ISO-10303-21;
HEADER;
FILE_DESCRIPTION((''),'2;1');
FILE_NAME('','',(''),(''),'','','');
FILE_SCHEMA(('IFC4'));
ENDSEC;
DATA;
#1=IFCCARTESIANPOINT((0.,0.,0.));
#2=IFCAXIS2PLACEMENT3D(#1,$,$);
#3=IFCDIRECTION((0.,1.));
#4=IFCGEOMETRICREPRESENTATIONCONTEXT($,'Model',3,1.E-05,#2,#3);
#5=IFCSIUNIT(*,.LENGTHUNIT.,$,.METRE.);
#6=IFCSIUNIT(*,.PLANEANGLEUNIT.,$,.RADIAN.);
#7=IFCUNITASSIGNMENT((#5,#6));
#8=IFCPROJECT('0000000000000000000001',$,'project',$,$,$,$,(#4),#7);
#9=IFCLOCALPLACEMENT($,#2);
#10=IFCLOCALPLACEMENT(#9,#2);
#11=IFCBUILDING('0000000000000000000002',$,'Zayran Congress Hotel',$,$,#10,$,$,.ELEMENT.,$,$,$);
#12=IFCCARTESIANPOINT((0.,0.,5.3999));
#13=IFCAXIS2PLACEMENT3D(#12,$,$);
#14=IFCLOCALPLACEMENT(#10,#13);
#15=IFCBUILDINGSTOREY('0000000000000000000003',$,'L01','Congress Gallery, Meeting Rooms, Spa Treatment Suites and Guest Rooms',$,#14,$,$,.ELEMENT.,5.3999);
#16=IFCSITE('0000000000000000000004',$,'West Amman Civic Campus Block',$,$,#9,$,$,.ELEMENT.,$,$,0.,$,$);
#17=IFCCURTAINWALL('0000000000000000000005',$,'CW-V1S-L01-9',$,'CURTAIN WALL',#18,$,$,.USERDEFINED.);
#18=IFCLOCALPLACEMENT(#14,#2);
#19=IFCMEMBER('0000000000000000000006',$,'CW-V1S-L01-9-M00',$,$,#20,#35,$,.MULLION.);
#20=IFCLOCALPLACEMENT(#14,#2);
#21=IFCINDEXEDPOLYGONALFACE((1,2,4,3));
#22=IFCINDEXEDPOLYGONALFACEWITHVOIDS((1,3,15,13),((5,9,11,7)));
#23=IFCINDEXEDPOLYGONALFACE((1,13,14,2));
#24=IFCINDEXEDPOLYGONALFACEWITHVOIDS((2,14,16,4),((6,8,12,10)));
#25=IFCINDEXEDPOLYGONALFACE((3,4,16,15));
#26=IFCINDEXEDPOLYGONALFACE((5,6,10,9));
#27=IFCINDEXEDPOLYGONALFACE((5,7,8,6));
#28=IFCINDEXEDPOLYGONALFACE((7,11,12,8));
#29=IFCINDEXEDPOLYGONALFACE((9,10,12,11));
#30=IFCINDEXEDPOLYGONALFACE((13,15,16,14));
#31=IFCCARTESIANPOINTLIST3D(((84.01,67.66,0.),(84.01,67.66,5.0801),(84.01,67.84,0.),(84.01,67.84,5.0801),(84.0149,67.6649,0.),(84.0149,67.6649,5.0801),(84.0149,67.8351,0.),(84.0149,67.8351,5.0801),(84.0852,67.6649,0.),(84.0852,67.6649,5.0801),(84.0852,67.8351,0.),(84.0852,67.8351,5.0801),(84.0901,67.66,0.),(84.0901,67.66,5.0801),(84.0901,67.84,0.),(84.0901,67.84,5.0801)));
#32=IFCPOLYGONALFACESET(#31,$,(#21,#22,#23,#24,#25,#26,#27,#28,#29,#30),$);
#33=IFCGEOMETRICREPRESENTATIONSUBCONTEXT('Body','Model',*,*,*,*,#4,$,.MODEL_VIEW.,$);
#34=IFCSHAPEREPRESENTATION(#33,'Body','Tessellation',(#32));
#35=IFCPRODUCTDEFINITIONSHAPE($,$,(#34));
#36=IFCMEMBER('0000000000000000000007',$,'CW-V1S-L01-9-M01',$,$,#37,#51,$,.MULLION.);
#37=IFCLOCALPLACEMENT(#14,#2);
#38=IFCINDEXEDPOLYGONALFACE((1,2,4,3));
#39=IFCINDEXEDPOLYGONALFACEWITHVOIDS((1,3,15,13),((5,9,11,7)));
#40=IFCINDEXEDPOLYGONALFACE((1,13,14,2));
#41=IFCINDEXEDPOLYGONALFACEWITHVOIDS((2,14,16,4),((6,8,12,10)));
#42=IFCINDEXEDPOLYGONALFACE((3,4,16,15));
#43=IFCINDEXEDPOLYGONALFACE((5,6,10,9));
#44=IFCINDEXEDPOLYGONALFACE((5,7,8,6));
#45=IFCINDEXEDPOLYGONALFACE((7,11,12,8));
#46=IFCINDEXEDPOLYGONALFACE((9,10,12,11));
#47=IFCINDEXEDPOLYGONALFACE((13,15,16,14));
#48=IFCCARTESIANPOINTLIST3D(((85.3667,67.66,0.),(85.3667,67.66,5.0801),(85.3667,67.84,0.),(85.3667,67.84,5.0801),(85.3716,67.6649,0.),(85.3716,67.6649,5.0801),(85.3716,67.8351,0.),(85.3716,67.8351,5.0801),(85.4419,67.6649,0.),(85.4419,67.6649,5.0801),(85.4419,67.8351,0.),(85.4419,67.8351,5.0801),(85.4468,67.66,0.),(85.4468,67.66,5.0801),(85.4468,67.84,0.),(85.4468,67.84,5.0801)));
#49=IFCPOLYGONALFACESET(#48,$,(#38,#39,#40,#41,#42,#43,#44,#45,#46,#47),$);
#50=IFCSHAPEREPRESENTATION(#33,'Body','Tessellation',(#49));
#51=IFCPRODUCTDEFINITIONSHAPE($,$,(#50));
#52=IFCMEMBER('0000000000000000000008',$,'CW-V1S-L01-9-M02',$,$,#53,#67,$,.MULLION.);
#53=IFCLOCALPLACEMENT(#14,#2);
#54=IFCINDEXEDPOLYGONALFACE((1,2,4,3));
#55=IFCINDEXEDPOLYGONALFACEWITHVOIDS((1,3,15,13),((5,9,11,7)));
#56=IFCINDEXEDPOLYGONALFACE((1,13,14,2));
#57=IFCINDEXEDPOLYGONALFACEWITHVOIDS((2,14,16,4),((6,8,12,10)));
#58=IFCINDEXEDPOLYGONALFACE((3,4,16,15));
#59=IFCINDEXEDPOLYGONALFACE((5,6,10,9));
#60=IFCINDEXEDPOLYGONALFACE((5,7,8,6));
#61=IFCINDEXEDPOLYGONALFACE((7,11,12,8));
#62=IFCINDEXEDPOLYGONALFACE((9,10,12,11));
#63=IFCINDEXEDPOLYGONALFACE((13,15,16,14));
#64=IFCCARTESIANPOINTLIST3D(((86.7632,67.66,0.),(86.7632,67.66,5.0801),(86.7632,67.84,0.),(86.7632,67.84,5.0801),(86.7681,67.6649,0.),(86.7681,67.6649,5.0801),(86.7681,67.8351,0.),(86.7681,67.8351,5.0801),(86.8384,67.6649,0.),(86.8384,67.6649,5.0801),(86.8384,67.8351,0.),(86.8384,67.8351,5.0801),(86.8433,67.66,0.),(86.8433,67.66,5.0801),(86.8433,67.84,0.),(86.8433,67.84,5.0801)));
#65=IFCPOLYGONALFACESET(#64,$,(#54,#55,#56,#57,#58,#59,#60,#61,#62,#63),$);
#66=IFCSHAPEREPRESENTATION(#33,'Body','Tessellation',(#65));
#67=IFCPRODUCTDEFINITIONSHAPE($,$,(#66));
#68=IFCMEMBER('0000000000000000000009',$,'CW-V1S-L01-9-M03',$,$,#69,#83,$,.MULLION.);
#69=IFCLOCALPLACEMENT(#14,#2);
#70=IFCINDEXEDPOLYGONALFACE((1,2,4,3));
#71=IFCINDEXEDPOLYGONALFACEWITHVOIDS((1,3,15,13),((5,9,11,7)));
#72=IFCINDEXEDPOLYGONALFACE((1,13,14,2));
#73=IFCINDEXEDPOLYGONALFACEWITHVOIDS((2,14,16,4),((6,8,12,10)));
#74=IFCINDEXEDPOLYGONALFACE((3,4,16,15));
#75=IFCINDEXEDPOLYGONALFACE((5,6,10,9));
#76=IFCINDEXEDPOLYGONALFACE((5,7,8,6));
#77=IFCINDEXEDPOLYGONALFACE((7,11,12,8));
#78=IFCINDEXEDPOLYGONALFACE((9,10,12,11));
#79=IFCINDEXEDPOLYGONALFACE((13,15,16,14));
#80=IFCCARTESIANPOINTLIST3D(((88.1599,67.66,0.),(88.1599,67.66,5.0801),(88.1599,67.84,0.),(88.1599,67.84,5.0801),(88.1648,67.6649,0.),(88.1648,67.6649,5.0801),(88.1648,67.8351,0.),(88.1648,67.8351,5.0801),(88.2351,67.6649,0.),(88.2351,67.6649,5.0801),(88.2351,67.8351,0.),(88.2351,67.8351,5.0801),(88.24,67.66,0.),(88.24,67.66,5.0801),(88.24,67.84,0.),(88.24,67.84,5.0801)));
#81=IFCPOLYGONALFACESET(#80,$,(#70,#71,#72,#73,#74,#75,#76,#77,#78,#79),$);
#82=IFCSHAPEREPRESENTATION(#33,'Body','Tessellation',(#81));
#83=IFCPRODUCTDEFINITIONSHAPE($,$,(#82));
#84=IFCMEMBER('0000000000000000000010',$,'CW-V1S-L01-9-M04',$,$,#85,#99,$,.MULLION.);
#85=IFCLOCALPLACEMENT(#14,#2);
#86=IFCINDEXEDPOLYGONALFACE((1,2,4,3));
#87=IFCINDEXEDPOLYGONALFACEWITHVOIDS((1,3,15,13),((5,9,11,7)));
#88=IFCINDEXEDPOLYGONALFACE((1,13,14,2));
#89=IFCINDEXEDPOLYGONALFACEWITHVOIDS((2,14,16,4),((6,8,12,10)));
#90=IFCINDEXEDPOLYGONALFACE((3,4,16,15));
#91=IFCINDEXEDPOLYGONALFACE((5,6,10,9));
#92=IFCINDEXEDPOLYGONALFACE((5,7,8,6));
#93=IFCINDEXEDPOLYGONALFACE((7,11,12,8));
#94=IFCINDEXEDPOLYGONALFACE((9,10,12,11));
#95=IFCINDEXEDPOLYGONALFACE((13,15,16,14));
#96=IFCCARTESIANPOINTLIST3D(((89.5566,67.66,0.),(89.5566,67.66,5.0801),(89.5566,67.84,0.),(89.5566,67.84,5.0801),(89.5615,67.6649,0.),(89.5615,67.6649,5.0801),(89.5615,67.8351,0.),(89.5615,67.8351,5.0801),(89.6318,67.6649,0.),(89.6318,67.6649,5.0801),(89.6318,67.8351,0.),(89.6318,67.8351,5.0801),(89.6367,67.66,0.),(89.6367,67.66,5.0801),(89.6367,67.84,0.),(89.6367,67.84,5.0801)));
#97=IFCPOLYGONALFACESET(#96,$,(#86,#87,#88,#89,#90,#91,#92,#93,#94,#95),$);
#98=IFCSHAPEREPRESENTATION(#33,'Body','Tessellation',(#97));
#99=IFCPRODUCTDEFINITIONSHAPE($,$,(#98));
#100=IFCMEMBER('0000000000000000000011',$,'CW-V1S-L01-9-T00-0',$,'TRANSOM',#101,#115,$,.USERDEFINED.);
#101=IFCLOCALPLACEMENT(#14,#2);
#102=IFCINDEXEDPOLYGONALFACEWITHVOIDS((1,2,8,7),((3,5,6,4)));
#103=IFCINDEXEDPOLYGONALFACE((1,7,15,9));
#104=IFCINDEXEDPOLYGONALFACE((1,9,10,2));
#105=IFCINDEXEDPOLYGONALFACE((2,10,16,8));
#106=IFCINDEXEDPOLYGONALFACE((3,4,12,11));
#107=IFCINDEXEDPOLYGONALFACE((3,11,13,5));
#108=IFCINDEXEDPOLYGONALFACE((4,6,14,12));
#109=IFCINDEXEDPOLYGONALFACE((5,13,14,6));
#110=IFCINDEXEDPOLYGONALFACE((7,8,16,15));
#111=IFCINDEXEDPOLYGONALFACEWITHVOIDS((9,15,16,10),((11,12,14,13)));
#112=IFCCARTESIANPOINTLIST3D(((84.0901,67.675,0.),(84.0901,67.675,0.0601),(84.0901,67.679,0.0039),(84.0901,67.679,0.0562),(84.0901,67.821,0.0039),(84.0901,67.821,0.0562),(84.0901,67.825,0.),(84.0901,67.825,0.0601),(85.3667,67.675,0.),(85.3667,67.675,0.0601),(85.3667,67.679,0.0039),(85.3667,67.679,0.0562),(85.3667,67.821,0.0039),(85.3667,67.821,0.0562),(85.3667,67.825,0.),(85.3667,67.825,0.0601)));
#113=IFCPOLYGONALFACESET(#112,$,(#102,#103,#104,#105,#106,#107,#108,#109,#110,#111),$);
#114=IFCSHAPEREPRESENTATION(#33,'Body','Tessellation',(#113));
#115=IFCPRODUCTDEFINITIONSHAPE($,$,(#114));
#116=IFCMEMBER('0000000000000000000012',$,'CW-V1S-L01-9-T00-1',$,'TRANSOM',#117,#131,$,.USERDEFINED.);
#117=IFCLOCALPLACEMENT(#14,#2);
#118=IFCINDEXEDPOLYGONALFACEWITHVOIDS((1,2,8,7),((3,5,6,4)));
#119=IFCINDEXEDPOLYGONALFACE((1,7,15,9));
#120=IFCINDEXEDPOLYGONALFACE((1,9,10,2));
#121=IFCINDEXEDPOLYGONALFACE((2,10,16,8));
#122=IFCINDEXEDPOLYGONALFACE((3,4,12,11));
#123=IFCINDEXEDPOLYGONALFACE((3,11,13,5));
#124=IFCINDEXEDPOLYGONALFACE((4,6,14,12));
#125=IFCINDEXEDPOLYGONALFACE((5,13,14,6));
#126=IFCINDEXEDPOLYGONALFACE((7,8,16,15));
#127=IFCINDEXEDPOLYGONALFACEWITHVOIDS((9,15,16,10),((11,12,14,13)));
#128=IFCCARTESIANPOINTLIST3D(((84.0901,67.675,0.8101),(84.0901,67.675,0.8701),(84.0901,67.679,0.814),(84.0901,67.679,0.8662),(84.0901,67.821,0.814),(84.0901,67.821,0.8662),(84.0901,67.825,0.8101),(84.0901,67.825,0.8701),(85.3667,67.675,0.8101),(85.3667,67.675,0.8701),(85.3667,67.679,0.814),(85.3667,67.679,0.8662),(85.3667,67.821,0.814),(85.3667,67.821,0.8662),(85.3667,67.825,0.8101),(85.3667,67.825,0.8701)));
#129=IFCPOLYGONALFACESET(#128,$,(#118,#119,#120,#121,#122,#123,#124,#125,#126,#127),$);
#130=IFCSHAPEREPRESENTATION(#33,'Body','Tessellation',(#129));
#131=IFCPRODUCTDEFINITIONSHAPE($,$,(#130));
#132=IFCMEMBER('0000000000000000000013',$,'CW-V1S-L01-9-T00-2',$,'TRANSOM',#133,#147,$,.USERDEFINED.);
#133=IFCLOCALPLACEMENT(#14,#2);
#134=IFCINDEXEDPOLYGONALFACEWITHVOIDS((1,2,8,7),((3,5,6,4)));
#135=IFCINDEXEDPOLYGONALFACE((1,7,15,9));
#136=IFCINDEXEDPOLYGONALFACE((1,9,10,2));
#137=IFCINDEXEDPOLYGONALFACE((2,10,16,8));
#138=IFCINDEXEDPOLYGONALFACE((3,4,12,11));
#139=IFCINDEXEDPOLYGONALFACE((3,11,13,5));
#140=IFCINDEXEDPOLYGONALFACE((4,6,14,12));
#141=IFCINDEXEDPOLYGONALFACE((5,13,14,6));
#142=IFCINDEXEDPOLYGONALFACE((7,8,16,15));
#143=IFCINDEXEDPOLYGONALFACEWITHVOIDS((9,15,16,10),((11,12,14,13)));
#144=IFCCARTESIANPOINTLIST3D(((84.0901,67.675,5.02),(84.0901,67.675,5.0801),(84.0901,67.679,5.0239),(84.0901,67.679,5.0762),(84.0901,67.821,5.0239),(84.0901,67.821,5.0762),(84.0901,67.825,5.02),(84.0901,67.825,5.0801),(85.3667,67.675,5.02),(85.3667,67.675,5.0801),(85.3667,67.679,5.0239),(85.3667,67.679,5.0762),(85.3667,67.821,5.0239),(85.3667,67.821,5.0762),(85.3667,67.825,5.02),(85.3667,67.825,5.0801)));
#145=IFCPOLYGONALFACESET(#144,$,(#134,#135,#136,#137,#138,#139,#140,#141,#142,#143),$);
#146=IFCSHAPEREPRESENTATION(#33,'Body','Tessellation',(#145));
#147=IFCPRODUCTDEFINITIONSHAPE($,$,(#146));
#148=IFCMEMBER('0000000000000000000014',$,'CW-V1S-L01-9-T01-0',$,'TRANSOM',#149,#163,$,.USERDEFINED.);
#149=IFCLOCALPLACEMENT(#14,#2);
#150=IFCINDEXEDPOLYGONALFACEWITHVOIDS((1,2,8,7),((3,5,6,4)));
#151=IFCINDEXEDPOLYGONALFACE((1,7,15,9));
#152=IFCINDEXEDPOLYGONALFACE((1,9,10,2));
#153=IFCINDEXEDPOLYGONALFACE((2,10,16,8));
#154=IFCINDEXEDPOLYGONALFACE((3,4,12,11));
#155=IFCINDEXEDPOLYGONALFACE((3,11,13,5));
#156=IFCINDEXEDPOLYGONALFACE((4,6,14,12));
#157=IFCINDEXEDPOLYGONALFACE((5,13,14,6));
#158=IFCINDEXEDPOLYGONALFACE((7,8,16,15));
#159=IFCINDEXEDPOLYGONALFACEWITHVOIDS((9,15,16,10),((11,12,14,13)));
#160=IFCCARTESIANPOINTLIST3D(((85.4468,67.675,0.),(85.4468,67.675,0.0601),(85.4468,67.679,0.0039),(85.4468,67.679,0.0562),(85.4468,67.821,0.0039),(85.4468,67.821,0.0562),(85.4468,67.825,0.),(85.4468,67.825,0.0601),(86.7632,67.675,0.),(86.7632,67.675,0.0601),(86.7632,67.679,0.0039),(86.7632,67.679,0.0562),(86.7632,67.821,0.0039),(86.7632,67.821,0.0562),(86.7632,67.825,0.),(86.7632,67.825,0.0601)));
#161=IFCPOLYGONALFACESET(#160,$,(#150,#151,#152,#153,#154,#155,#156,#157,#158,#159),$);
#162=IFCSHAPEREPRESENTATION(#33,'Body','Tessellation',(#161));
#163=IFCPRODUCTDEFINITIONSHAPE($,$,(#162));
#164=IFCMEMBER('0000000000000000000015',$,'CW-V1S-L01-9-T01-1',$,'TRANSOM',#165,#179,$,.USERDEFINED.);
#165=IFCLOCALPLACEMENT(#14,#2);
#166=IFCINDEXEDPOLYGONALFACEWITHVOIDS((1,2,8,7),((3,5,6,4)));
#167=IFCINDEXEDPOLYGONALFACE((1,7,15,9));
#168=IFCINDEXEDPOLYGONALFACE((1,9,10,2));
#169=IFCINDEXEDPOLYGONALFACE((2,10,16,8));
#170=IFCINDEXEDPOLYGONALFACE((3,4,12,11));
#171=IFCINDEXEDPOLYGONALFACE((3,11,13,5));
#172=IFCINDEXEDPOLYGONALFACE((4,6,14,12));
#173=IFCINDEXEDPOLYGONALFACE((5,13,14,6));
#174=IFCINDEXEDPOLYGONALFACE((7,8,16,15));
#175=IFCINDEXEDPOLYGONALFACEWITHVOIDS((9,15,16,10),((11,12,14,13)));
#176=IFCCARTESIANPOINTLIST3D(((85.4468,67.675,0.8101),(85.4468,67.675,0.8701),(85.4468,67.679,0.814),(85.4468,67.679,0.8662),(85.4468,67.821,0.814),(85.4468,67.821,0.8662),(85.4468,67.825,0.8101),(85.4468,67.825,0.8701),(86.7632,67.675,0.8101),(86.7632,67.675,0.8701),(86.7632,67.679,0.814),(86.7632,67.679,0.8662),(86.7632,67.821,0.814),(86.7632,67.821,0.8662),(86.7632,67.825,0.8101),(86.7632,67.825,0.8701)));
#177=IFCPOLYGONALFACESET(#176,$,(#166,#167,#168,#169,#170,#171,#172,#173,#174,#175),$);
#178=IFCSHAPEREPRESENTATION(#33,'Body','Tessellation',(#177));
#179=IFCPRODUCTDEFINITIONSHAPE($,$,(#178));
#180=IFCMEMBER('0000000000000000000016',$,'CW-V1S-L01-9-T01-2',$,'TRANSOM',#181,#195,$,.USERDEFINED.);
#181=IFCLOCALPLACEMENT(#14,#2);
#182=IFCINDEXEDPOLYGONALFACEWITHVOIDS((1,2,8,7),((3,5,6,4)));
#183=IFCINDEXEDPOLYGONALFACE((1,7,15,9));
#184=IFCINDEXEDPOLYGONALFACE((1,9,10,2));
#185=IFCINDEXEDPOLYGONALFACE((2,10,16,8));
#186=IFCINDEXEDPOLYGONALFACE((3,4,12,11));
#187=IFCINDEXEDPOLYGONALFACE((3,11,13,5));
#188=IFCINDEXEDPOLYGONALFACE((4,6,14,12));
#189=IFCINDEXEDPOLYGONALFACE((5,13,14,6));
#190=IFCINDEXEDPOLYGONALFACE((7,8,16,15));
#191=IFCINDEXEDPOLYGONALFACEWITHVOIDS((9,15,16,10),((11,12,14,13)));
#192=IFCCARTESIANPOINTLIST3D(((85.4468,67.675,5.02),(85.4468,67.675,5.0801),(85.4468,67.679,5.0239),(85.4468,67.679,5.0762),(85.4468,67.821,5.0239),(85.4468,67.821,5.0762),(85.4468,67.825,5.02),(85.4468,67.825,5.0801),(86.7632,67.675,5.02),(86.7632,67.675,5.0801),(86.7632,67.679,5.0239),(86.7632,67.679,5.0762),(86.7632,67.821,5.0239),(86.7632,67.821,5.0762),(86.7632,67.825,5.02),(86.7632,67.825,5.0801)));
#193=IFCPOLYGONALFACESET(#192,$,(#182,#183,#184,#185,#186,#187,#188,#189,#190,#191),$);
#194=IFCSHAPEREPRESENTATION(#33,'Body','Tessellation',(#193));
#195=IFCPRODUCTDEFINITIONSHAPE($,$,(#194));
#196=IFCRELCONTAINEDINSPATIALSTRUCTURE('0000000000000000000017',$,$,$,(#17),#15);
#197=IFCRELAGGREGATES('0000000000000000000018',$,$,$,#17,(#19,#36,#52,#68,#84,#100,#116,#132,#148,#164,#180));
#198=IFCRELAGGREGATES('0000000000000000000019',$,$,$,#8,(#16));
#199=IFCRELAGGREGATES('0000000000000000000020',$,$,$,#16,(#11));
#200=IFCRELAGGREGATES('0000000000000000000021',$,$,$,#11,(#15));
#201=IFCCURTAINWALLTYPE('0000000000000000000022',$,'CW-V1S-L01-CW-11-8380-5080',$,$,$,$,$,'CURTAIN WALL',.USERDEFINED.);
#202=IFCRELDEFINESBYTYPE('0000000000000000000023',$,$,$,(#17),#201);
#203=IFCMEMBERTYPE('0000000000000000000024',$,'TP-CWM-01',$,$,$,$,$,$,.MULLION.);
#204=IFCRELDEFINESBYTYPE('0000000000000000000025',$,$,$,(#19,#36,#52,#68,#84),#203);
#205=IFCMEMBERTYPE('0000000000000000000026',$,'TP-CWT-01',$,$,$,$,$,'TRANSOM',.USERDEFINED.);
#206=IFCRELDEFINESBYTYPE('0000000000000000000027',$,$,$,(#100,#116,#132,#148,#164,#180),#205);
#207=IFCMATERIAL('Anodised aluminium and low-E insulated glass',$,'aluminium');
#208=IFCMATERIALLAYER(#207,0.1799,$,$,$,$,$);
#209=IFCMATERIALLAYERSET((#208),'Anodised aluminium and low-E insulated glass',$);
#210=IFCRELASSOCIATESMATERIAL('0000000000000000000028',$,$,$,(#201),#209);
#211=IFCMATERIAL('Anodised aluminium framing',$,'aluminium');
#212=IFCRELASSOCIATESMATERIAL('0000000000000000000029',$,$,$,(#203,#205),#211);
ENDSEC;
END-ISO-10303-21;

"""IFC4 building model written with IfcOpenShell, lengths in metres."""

from ifc_helpers import new_model, si_unit, direction, frame, origin, origin_2d, place, context, subcontext, project, spatial, hollow_rectangle, extrude, material, layer, layer_set, material_profile, profile_set, type_object, element, aggregate, save


model = new_model("IFC4")

# Units and contexts
model_context = context("Model", 3, precision=1e-05, world=origin(), true_north=direction((0.0, 1.0)))
body_context = subcontext(model_context, "Body", "Model", "MODEL_VIEW")
ifc_project = project(units=[si_unit("LENGTHUNIT", "METRE"), si_unit("PLANEANGLEUNIT", "RADIAN")], contexts=[model_context])

# Site, building, storey
site_placement = place(None, origin())
site = spatial("IfcSite", under=ifc_project, at=site_placement, Name="West Amman Civic Campus Block", CompositionType="ELEMENT", RefElevation=0.0)
building_placement = place(site_placement, origin())
building = spatial("IfcBuilding", under=site, at=building_placement, Name="Zayran Congress Hotel", CompositionType="ELEMENT")
storey_placement = place(building_placement, frame((0.0, 0.0, 5.3999)))
storey = spatial("IfcBuildingStorey", under=building, at=storey_placement, Name="L01", Description="Congress Gallery, Meeting Rooms, Spa Treatment Suites and Guest Rooms", CompositionType="ELEMENT", Elevation=5.3999)

# Curtain wall, members
ifc_material_1 = material(Name="Anodised aluminium and low-E insulated glass", Category="aluminium")
ifc_layer_1 = layer(ifc_material_1, 0.1799)
ifc_layer_set_1 = layer_set([ifc_layer_1], Name="Anodised aluminium and low-E insulated glass")
curtain_wall_type = type_object("IfcCurtainWallType", Name="CW-V1S-L01-CW-11-8380-5080", ElementType="CURTAIN WALL", PredefinedType="USERDEFINED", material=ifc_layer_set_1)
curtain_wall_placement = place(storey_placement, origin())
curtain_wall = element("IfcCurtainWall", 1, at=curtain_wall_placement, inside=storey, type_object=curtain_wall_type, Name="CW-V1S-L01-9", ObjectType="CURTAIN WALL", PredefinedType="USERDEFINED")
ifc_material_2 = material(Name="Anodised aluminium framing", Category="aluminium")
ifc_material_profile_1 = material_profile(ifc_material_2, hollow_rectangle(XDim=0.0801, YDim=0.1799, WallThickness=0.0049, at=origin_2d()), Name="RHS 180x80x5")
ifc_profile_set_1 = profile_set([ifc_material_profile_1], Name="Anodised aluminium framing")
member_type_1 = type_object("IfcMemberType", Name="TP-CWM-01", PredefinedType="MULLION", material=ifc_profile_set_1)
member_1_placement = place(storey_placement, frame((84.05, 67.75, 0.0), z_axis=(0.0, 0.0, 1.0), x_axis=(1.0, 0.0, 0.0)))
member_1 = element("IfcMember", 2, at=member_1_placement, type_object=member_type_1, Name="CW-V1S-L01-9-M00", PredefinedType="MULLION", context=body_context, shape_type="SweptSolid", body=[
    extrude(hollow_rectangle(XDim=0.0801, YDim=0.1799, WallThickness=0.0049, at=origin_2d()), origin(), (0.0, 0.0, 1.0), 5.0801),
])
member_2_placement = place(storey_placement, frame((85.4067, 67.75, 0.0), z_axis=(0.0, 0.0, 1.0), x_axis=(1.0, 0.0, 0.0)))
member_2 = element("IfcMember", 3, at=member_2_placement, type_object=member_type_1, Name="CW-V1S-L01-9-M01", PredefinedType="MULLION", context=body_context, shape_type="SweptSolid", body=[
    extrude(hollow_rectangle(XDim=0.0801, YDim=0.1799, WallThickness=0.0049, at=origin_2d()), origin(), (0.0, 0.0, 1.0), 5.0801),
])
member_3_placement = place(storey_placement, frame((86.8032, 67.75, 0.0), z_axis=(0.0, 0.0, 1.0), x_axis=(1.0, 0.0, 0.0)))
member_3 = element("IfcMember", 4, at=member_3_placement, type_object=member_type_1, Name="CW-V1S-L01-9-M02", PredefinedType="MULLION", context=body_context, shape_type="SweptSolid", body=[
    extrude(hollow_rectangle(XDim=0.0801, YDim=0.1799, WallThickness=0.0049, at=origin_2d()), origin(), (0.0, 0.0, 1.0), 5.0801),
])
member_4_placement = place(storey_placement, frame((88.2, 67.75, 0.0), z_axis=(0.0, 0.0, 1.0), x_axis=(1.0, 0.0, 0.0)))
member_4 = element("IfcMember", 5, at=member_4_placement, type_object=member_type_1, Name="CW-V1S-L01-9-M03", PredefinedType="MULLION", context=body_context, shape_type="SweptSolid", body=[
    extrude(hollow_rectangle(XDim=0.0801, YDim=0.1799, WallThickness=0.0049, at=origin_2d()), origin(), (0.0, 0.0, 1.0), 5.0801),
])
member_5_placement = place(storey_placement, frame((89.5967, 67.75, 0.0), z_axis=(0.0, 0.0, 1.0), x_axis=(1.0, 0.0, 0.0)))
member_5 = element("IfcMember", 6, at=member_5_placement, type_object=member_type_1, Name="CW-V1S-L01-9-M04", PredefinedType="MULLION", context=body_context, shape_type="SweptSolid", body=[
    extrude(hollow_rectangle(XDim=0.0801, YDim=0.1799, WallThickness=0.0049, at=origin_2d()), origin(), (0.0, 0.0, 1.0), 5.0801),
])
ifc_material_profile_2 = material_profile(ifc_material_2, hollow_rectangle(XDim=0.0601, YDim=0.1499, WallThickness=0.0039, at=origin_2d()), Name="RHS 150x60x4")
ifc_profile_set_2 = profile_set([ifc_material_profile_2], Name="Anodised aluminium framing")
member_type_2 = type_object("IfcMemberType", Name="TP-CWT-01", ElementType="TRANSOM", PredefinedType="USERDEFINED", material=ifc_profile_set_2)
member_6_placement = place(storey_placement, frame((84.0901, 67.75, 0.03), z_axis=(1.0, 0.0, 0.0), x_axis=(0.0, 0.0, 1.0)))
member_6 = element("IfcMember", 7, at=member_6_placement, type_object=member_type_2, Name="CW-V1S-L01-9-T00-0", ObjectType="TRANSOM", PredefinedType="USERDEFINED", context=body_context, shape_type="SweptSolid", body=[
    extrude(hollow_rectangle(XDim=0.0601, YDim=0.1499, WallThickness=0.0039, at=origin_2d()), origin(), (0.0, 0.0, 1.0), 1.2766),
])
member_7_placement = place(storey_placement, frame((84.0901, 67.75, 0.8401), z_axis=(1.0, 0.0, 0.0), x_axis=(0.0, 0.0, 1.0)))
member_7 = element("IfcMember", 8, at=member_7_placement, type_object=member_type_2, Name="CW-V1S-L01-9-T00-1", ObjectType="TRANSOM", PredefinedType="USERDEFINED", context=body_context, shape_type="SweptSolid", body=[
    extrude(hollow_rectangle(XDim=0.0601, YDim=0.1499, WallThickness=0.0039, at=origin_2d()), origin(), (0.0, 0.0, 1.0), 1.2766),
])
member_8_placement = place(storey_placement, frame((84.0901, 67.75, 5.05), z_axis=(1.0, 0.0, 0.0), x_axis=(0.0, 0.0, 1.0)))
member_8 = element("IfcMember", 9, at=member_8_placement, type_object=member_type_2, Name="CW-V1S-L01-9-T00-2", ObjectType="TRANSOM", PredefinedType="USERDEFINED", context=body_context, shape_type="SweptSolid", body=[
    extrude(hollow_rectangle(XDim=0.0601, YDim=0.1499, WallThickness=0.0039, at=origin_2d()), origin(), (0.0, 0.0, 1.0), 1.2766),
])
member_9_placement = place(storey_placement, frame((85.4468, 67.75, 0.03), z_axis=(1.0, 0.0, 0.0), x_axis=(0.0, 0.0, 1.0)))
member_9 = element("IfcMember", 10, at=member_9_placement, type_object=member_type_2, Name="CW-V1S-L01-9-T01-0", ObjectType="TRANSOM", PredefinedType="USERDEFINED", context=body_context, shape_type="SweptSolid", body=[
    extrude(hollow_rectangle(XDim=0.0601, YDim=0.1499, WallThickness=0.0039, at=origin_2d()), origin(), (0.0, 0.0, 1.0), 1.3164),
])
member_10_placement = place(storey_placement, frame((85.4468, 67.75, 0.8401), z_axis=(1.0, 0.0, 0.0), x_axis=(0.0, 0.0, 1.0)))
member_10 = element("IfcMember", 11, at=member_10_placement, type_object=member_type_2, Name="CW-V1S-L01-9-T01-1", ObjectType="TRANSOM", PredefinedType="USERDEFINED", context=body_context, shape_type="SweptSolid", body=[
    extrude(hollow_rectangle(XDim=0.0601, YDim=0.1499, WallThickness=0.0039, at=origin_2d()), origin(), (0.0, 0.0, 1.0), 1.3164),
])
member_11_placement = place(storey_placement, frame((85.4468, 67.75, 5.05), z_axis=(1.0, 0.0, 0.0), x_axis=(0.0, 0.0, 1.0)))
member_11 = element("IfcMember", 12, at=member_11_placement, type_object=member_type_2, Name="CW-V1S-L01-9-T01-2", ObjectType="TRANSOM", PredefinedType="USERDEFINED", context=body_context, shape_type="SweptSolid", body=[
    extrude(hollow_rectangle(XDim=0.0601, YDim=0.1499, WallThickness=0.0039, at=origin_2d()), origin(), (0.0, 0.0, 1.0), 1.3164),
])
aggregate(curtain_wall, [member_1, member_2, member_3, member_4, member_5, member_6, member_7, member_8, member_9, member_10, member_11])

save(model, "model.ifc")
